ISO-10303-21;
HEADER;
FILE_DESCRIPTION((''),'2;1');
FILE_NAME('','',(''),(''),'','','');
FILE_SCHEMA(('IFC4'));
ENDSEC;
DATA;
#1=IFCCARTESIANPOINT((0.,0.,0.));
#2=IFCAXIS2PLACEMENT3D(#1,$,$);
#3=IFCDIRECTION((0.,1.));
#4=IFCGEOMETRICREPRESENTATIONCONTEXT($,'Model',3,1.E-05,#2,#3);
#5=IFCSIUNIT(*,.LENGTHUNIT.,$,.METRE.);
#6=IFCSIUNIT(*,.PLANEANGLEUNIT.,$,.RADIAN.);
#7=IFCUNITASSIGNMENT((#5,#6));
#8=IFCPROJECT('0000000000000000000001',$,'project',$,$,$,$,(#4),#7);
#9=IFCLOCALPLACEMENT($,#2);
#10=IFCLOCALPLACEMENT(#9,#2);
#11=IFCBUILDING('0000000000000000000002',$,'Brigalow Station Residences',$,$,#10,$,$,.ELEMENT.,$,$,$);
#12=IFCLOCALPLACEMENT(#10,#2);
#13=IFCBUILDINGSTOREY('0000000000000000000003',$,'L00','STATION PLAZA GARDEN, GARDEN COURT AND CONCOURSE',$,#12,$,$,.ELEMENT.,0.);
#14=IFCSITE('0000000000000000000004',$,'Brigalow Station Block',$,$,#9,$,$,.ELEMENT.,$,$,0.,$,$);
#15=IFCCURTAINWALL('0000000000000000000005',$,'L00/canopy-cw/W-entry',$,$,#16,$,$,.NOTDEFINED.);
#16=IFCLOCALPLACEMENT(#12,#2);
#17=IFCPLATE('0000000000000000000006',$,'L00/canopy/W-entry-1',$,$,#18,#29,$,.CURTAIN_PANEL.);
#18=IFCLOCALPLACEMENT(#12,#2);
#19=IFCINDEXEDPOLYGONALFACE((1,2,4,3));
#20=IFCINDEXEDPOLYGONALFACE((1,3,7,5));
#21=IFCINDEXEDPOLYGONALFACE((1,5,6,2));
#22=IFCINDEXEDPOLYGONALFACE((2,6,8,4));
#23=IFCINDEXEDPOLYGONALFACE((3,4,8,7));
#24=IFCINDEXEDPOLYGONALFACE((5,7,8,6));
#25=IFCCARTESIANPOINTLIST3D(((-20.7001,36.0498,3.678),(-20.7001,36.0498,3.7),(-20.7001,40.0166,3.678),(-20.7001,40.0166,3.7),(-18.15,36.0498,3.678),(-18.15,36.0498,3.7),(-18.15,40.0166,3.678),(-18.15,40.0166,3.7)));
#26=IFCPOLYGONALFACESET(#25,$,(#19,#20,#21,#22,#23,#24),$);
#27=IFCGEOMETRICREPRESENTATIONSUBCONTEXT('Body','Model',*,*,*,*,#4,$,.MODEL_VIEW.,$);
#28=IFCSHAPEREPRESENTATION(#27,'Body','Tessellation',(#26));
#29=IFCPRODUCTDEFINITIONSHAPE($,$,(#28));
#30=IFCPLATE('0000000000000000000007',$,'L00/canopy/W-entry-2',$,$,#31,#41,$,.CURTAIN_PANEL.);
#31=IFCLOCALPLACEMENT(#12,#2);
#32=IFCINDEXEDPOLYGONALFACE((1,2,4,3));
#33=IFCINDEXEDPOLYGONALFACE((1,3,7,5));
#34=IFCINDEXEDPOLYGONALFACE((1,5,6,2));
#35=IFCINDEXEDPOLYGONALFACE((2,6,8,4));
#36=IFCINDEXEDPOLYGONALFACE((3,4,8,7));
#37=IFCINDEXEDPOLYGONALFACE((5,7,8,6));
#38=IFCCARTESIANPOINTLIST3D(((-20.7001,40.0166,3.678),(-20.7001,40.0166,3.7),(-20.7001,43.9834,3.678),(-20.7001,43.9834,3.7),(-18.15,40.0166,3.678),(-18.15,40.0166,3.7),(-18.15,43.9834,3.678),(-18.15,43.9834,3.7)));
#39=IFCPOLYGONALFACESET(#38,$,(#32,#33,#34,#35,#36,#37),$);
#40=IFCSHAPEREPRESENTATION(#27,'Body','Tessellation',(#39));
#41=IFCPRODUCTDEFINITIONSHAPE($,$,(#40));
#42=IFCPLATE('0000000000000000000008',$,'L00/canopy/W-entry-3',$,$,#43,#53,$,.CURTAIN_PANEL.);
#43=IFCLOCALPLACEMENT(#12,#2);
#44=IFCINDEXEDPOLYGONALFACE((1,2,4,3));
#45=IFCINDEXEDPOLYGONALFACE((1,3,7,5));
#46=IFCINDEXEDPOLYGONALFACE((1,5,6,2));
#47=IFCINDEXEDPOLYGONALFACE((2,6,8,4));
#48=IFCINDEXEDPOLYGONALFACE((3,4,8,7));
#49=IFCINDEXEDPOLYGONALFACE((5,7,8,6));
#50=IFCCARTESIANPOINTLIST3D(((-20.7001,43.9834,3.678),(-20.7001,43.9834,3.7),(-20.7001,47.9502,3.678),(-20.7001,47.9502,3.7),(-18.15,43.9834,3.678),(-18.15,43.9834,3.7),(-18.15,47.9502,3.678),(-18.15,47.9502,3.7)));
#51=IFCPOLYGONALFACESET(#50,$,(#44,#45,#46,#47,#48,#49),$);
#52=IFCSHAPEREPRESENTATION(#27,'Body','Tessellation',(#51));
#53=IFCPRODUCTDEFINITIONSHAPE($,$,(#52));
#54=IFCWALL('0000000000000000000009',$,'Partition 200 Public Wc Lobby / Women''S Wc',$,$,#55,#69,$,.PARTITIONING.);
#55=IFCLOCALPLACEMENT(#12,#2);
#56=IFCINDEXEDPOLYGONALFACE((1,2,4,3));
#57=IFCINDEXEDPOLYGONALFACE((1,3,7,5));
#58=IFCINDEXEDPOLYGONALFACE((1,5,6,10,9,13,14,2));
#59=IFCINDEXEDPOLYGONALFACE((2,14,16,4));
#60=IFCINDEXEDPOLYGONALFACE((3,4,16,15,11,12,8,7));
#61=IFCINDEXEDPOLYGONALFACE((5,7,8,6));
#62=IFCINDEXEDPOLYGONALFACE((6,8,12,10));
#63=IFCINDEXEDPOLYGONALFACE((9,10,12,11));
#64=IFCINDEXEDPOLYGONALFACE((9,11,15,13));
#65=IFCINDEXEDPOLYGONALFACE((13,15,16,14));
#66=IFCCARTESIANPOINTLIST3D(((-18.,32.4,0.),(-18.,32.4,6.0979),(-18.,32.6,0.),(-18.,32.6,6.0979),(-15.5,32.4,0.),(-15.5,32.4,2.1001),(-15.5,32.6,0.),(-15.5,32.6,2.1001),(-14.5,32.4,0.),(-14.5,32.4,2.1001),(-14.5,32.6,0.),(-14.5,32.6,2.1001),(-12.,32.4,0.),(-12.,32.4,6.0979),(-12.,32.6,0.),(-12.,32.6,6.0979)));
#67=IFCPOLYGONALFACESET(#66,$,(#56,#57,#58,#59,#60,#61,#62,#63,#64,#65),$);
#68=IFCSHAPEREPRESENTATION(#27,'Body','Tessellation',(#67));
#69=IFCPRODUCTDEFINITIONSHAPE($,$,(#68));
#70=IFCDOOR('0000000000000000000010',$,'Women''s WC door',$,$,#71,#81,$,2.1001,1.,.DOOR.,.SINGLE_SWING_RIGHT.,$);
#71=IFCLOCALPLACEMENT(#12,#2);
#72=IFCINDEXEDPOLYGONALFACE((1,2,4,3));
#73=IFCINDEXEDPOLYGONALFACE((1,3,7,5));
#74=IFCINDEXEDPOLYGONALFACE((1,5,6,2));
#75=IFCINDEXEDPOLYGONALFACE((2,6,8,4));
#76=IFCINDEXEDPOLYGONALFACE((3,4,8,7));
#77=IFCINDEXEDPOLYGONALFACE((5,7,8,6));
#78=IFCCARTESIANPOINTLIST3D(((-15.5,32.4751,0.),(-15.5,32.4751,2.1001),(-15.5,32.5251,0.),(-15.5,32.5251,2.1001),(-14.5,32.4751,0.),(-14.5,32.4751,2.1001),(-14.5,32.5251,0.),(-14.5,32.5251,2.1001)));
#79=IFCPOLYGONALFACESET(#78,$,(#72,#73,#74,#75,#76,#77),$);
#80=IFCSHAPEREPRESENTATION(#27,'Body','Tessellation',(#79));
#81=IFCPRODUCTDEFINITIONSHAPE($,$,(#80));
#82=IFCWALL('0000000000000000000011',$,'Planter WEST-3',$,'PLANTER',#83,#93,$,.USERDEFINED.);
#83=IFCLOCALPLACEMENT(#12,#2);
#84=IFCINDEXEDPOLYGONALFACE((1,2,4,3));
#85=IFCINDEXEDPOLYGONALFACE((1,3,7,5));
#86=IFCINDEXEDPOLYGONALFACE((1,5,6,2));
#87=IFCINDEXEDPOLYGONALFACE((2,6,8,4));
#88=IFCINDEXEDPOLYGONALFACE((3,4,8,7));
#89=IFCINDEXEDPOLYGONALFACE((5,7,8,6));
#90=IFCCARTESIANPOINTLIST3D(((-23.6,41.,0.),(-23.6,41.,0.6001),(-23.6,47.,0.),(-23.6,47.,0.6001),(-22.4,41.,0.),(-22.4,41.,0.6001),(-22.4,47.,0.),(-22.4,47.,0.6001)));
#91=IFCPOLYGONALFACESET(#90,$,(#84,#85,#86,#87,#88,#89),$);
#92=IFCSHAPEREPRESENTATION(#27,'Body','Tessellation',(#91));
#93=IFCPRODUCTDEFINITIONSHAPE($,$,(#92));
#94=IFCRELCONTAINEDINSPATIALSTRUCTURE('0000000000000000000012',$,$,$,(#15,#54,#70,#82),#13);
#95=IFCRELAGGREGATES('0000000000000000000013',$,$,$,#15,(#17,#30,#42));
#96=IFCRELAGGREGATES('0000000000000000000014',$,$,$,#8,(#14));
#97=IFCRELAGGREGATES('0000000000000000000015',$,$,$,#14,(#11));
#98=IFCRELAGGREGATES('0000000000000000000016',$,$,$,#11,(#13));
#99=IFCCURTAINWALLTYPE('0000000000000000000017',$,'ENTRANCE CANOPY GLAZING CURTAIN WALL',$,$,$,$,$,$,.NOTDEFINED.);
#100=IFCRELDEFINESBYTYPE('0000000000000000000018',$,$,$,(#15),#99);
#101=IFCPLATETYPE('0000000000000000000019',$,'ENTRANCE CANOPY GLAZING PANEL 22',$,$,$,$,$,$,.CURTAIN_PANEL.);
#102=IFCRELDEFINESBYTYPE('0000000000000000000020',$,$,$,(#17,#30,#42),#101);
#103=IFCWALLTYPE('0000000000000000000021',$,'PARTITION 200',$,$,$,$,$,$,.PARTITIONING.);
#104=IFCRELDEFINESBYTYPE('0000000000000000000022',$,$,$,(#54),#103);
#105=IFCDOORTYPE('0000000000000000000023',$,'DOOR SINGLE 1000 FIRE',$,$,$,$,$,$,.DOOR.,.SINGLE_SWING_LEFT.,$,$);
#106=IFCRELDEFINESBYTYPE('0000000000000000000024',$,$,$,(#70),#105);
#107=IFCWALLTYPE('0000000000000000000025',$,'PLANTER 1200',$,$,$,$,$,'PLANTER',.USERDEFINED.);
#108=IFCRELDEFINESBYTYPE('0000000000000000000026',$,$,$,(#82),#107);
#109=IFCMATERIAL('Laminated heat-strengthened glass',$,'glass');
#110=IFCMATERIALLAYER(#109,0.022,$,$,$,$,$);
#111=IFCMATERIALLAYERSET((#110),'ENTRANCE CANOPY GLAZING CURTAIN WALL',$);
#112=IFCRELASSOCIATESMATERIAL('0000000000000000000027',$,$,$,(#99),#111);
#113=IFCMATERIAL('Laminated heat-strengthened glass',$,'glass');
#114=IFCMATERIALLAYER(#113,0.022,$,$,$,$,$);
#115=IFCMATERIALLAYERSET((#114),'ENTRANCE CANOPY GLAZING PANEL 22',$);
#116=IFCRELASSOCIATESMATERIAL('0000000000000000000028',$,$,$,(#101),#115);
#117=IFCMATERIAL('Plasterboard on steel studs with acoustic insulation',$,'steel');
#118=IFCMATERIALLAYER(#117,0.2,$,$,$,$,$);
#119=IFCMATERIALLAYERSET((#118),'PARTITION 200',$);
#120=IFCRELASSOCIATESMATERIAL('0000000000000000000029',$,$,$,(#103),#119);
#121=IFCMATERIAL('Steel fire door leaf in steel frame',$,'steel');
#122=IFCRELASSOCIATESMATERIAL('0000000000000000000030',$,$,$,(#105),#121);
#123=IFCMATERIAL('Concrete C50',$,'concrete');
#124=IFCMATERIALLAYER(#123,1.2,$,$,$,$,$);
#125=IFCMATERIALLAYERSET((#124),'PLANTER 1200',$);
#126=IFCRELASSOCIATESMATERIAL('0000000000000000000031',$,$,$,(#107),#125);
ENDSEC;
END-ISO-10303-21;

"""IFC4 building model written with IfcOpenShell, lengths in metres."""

from ifc_helpers import new_model, si_unit, direction, frame, frame_2d, origin, origin_2d, place, context, subcontext, project, spatial, rectangle, extrude, material, layer, layer_set, type_object, element, fill, aggregate, save


model = new_model("IFC4")

# Units and contexts
model_context = context("Model", 3, precision=1e-05, world=origin(), true_north=direction((0.0, 1.0)))
body_context = subcontext(model_context, "Body", "Model", "MODEL_VIEW")
ifc_project = project(units=[si_unit("LENGTHUNIT", "METRE"), si_unit("PLANEANGLEUNIT", "RADIAN")], contexts=[model_context])

# Site, building, storey
site_placement = place(None, origin())
site = spatial("IfcSite", under=ifc_project, at=site_placement, Name="Brigalow Station Block", CompositionType="ELEMENT", RefElevation=0.0)
building_placement = place(site_placement, origin())
building = spatial("IfcBuilding", under=site, at=building_placement, Name="Brigalow Station Residences", CompositionType="ELEMENT")
storey_placement = place(building_placement, origin())
storey = spatial("IfcBuildingStorey", under=building, at=storey_placement, Name="L00", Description="STATION PLAZA GARDEN, GARDEN COURT AND CONCOURSE", CompositionType="ELEMENT", Elevation=0.0)

# Curtain wall, plates
ifc_material_1 = material(Name="Laminated heat-strengthened glass", Category="glass")
ifc_layer_1 = layer(ifc_material_1, 0.022)
ifc_layer_set_1 = layer_set([ifc_layer_1], Name="ENTRANCE CANOPY GLAZING CURTAIN WALL")
curtain_wall_type = type_object("IfcCurtainWallType", Name="ENTRANCE CANOPY GLAZING CURTAIN WALL", PredefinedType="NOTDEFINED", material=ifc_layer_set_1)
curtain_wall_placement = place(storey_placement, origin())
curtain_wall = element("IfcCurtainWall", 1, at=curtain_wall_placement, inside=storey, type_object=curtain_wall_type, Name="L00/canopy-cw/W-entry", PredefinedType="NOTDEFINED")
ifc_material_2 = material(Name="Laminated heat-strengthened glass", Category="glass")
ifc_layer_2 = layer(ifc_material_2, 0.022)
ifc_layer_set_2 = layer_set([ifc_layer_2], Name="ENTRANCE CANOPY GLAZING PANEL 22")
plate_type = type_object("IfcPlateType", Name="ENTRANCE CANOPY GLAZING PANEL 22", PredefinedType="CURTAIN_PANEL", material=ifc_layer_set_2)
plate_1_placement = place(storey_placement, frame((-19.425, 38.0332, 3.678), z_axis=(0.0, 0.0, 1.0), x_axis=(0.0, 1.0, 0.0)))
plate_1 = element("IfcPlate", 2, at=plate_1_placement, type_object=plate_type, Name="L00/canopy/W-entry-1", PredefinedType="CURTAIN_PANEL", context=body_context, shape_type="SweptSolid", body=[
    extrude(rectangle(XDim=3.9668, YDim=2.55, at=origin_2d()), origin(), (0.0, 0.0, 1.0), 0.022),
])
plate_2_placement = place(storey_placement, frame((-19.425, 42.0, 3.678), z_axis=(0.0, 0.0, 1.0), x_axis=(0.0, 1.0, 0.0)))
plate_2 = element("IfcPlate", 3, at=plate_2_placement, type_object=plate_type, Name="L00/canopy/W-entry-2", PredefinedType="CURTAIN_PANEL", context=body_context, shape_type="SweptSolid", body=[
    extrude(rectangle(XDim=3.9668, YDim=2.55, at=origin_2d()), origin(), (0.0, 0.0, 1.0), 0.022),
])
plate_3_placement = place(storey_placement, frame((-19.425, 45.9668, 3.678), z_axis=(0.0, 0.0, 1.0), x_axis=(0.0, 1.0, 0.0)))
plate_3 = element("IfcPlate", 4, at=plate_3_placement, type_object=plate_type, Name="L00/canopy/W-entry-3", PredefinedType="CURTAIN_PANEL", context=body_context, shape_type="SweptSolid", body=[
    extrude(rectangle(XDim=3.9668, YDim=2.55, at=origin_2d()), origin(), (0.0, 0.0, 1.0), 0.022),
])
aggregate(curtain_wall, [plate_1, plate_2, plate_3])

# Wall, opening, door
ifc_material_3 = material(Name="Plasterboard on steel studs with acoustic insulation", Category="steel")
ifc_layer_3 = layer(ifc_material_3, 0.2)
ifc_layer_set_3 = layer_set([ifc_layer_3], Name="PARTITION 200")
wall_type_1 = type_object("IfcWallType", Name="PARTITION 200", PredefinedType="PARTITIONING", material=ifc_layer_set_3)
wall_1_placement = place(storey_placement, frame((-18.0, 32.5, 0.0), z_axis=(0.0, 0.0, 1.0), x_axis=(1.0, 0.0, 0.0)))
wall_1 = element("IfcWall", 5, at=wall_1_placement, inside=storey, type_object=wall_type_1, Name="Partition 200 Public Wc Lobby / Women'S Wc", PredefinedType="PARTITIONING", context=body_context, shape_type="SweptSolid", body=[
    extrude(rectangle(XDim=6.0, YDim=0.2, at=frame_2d((3.0, 0.0))), origin(), (0.0, 0.0, 1.0), 6.0979),
])
opening_placement = place(wall_1_placement, frame((2.5, 0.0, 0.0)))
opening = element("IfcOpeningElement", 6, at=opening_placement, cuts=wall_1, PredefinedType="OPENING", context=body_context, shape_type="SweptSolid", body=[
    extrude(rectangle(XDim=1.0, YDim=2.1001, at=frame_2d((0.5, 1.05))), frame((0.0, 0.1099, 0.0), z_axis=(0.0, -1.0, 0.0), x_axis=(1.0, 0.0, 0.0)), (0.0, 0.0, 1.0), 0.22),
])
ifc_material_4 = material(Name="Steel fire door leaf in steel frame", Category="steel")
door_type = type_object("IfcDoorType", Name="DOOR SINGLE 1000 FIRE", OperationType="SINGLE_SWING_LEFT", PredefinedType="DOOR", material=ifc_material_4)
door_placement = place(opening_placement, frame((1.0, 0.0, 0.0), z_axis=(0.0, 0.0, 1.0), x_axis=(-1.0, 0.0, 0.0)))
door = element("IfcDoor", 7, at=door_placement, inside=storey, type_object=door_type, Name="Women's WC door", OperationType="SINGLE_SWING_RIGHT", OverallHeight=2.1001, OverallWidth=1.0, PredefinedType="DOOR", context=body_context, shape_type="SweptSolid", body=[
    extrude(rectangle(XDim=1.0, YDim=2.1001, at=frame_2d((0.5, 1.05))), frame((0.0, 0.0249, 0.0), z_axis=(0.0, -1.0, 0.0), x_axis=(1.0, 0.0, 0.0)), (0.0, 0.0, 1.0), 0.05),
])
fill(opening, door)

# Wall
ifc_material_5 = material(Name="Concrete C50", Category="concrete")
ifc_layer_4 = layer(ifc_material_5, 1.2)
ifc_layer_set_4 = layer_set([ifc_layer_4], Name="PLANTER 1200")
wall_type_2 = type_object("IfcWallType", Name="PLANTER 1200", ElementType="PLANTER", PredefinedType="USERDEFINED", material=ifc_layer_set_4)
wall_2_placement = place(storey_placement, frame((-23.0, 41.0, 0.0), z_axis=(0.0, 0.0, 1.0), x_axis=(0.0, 1.0, 0.0)))
element("IfcWall", 8, at=wall_2_placement, inside=storey, type_object=wall_type_2, Name="Planter WEST-3", ObjectType="PLANTER", PredefinedType="USERDEFINED", context=body_context, shape_type="SweptSolid", body=[
    extrude(rectangle(XDim=6.0, YDim=1.2, at=frame_2d((3.0, 0.0))), origin(), (0.0, 0.0, 1.0), 0.6001),
])

save(model, "model.ifc")
